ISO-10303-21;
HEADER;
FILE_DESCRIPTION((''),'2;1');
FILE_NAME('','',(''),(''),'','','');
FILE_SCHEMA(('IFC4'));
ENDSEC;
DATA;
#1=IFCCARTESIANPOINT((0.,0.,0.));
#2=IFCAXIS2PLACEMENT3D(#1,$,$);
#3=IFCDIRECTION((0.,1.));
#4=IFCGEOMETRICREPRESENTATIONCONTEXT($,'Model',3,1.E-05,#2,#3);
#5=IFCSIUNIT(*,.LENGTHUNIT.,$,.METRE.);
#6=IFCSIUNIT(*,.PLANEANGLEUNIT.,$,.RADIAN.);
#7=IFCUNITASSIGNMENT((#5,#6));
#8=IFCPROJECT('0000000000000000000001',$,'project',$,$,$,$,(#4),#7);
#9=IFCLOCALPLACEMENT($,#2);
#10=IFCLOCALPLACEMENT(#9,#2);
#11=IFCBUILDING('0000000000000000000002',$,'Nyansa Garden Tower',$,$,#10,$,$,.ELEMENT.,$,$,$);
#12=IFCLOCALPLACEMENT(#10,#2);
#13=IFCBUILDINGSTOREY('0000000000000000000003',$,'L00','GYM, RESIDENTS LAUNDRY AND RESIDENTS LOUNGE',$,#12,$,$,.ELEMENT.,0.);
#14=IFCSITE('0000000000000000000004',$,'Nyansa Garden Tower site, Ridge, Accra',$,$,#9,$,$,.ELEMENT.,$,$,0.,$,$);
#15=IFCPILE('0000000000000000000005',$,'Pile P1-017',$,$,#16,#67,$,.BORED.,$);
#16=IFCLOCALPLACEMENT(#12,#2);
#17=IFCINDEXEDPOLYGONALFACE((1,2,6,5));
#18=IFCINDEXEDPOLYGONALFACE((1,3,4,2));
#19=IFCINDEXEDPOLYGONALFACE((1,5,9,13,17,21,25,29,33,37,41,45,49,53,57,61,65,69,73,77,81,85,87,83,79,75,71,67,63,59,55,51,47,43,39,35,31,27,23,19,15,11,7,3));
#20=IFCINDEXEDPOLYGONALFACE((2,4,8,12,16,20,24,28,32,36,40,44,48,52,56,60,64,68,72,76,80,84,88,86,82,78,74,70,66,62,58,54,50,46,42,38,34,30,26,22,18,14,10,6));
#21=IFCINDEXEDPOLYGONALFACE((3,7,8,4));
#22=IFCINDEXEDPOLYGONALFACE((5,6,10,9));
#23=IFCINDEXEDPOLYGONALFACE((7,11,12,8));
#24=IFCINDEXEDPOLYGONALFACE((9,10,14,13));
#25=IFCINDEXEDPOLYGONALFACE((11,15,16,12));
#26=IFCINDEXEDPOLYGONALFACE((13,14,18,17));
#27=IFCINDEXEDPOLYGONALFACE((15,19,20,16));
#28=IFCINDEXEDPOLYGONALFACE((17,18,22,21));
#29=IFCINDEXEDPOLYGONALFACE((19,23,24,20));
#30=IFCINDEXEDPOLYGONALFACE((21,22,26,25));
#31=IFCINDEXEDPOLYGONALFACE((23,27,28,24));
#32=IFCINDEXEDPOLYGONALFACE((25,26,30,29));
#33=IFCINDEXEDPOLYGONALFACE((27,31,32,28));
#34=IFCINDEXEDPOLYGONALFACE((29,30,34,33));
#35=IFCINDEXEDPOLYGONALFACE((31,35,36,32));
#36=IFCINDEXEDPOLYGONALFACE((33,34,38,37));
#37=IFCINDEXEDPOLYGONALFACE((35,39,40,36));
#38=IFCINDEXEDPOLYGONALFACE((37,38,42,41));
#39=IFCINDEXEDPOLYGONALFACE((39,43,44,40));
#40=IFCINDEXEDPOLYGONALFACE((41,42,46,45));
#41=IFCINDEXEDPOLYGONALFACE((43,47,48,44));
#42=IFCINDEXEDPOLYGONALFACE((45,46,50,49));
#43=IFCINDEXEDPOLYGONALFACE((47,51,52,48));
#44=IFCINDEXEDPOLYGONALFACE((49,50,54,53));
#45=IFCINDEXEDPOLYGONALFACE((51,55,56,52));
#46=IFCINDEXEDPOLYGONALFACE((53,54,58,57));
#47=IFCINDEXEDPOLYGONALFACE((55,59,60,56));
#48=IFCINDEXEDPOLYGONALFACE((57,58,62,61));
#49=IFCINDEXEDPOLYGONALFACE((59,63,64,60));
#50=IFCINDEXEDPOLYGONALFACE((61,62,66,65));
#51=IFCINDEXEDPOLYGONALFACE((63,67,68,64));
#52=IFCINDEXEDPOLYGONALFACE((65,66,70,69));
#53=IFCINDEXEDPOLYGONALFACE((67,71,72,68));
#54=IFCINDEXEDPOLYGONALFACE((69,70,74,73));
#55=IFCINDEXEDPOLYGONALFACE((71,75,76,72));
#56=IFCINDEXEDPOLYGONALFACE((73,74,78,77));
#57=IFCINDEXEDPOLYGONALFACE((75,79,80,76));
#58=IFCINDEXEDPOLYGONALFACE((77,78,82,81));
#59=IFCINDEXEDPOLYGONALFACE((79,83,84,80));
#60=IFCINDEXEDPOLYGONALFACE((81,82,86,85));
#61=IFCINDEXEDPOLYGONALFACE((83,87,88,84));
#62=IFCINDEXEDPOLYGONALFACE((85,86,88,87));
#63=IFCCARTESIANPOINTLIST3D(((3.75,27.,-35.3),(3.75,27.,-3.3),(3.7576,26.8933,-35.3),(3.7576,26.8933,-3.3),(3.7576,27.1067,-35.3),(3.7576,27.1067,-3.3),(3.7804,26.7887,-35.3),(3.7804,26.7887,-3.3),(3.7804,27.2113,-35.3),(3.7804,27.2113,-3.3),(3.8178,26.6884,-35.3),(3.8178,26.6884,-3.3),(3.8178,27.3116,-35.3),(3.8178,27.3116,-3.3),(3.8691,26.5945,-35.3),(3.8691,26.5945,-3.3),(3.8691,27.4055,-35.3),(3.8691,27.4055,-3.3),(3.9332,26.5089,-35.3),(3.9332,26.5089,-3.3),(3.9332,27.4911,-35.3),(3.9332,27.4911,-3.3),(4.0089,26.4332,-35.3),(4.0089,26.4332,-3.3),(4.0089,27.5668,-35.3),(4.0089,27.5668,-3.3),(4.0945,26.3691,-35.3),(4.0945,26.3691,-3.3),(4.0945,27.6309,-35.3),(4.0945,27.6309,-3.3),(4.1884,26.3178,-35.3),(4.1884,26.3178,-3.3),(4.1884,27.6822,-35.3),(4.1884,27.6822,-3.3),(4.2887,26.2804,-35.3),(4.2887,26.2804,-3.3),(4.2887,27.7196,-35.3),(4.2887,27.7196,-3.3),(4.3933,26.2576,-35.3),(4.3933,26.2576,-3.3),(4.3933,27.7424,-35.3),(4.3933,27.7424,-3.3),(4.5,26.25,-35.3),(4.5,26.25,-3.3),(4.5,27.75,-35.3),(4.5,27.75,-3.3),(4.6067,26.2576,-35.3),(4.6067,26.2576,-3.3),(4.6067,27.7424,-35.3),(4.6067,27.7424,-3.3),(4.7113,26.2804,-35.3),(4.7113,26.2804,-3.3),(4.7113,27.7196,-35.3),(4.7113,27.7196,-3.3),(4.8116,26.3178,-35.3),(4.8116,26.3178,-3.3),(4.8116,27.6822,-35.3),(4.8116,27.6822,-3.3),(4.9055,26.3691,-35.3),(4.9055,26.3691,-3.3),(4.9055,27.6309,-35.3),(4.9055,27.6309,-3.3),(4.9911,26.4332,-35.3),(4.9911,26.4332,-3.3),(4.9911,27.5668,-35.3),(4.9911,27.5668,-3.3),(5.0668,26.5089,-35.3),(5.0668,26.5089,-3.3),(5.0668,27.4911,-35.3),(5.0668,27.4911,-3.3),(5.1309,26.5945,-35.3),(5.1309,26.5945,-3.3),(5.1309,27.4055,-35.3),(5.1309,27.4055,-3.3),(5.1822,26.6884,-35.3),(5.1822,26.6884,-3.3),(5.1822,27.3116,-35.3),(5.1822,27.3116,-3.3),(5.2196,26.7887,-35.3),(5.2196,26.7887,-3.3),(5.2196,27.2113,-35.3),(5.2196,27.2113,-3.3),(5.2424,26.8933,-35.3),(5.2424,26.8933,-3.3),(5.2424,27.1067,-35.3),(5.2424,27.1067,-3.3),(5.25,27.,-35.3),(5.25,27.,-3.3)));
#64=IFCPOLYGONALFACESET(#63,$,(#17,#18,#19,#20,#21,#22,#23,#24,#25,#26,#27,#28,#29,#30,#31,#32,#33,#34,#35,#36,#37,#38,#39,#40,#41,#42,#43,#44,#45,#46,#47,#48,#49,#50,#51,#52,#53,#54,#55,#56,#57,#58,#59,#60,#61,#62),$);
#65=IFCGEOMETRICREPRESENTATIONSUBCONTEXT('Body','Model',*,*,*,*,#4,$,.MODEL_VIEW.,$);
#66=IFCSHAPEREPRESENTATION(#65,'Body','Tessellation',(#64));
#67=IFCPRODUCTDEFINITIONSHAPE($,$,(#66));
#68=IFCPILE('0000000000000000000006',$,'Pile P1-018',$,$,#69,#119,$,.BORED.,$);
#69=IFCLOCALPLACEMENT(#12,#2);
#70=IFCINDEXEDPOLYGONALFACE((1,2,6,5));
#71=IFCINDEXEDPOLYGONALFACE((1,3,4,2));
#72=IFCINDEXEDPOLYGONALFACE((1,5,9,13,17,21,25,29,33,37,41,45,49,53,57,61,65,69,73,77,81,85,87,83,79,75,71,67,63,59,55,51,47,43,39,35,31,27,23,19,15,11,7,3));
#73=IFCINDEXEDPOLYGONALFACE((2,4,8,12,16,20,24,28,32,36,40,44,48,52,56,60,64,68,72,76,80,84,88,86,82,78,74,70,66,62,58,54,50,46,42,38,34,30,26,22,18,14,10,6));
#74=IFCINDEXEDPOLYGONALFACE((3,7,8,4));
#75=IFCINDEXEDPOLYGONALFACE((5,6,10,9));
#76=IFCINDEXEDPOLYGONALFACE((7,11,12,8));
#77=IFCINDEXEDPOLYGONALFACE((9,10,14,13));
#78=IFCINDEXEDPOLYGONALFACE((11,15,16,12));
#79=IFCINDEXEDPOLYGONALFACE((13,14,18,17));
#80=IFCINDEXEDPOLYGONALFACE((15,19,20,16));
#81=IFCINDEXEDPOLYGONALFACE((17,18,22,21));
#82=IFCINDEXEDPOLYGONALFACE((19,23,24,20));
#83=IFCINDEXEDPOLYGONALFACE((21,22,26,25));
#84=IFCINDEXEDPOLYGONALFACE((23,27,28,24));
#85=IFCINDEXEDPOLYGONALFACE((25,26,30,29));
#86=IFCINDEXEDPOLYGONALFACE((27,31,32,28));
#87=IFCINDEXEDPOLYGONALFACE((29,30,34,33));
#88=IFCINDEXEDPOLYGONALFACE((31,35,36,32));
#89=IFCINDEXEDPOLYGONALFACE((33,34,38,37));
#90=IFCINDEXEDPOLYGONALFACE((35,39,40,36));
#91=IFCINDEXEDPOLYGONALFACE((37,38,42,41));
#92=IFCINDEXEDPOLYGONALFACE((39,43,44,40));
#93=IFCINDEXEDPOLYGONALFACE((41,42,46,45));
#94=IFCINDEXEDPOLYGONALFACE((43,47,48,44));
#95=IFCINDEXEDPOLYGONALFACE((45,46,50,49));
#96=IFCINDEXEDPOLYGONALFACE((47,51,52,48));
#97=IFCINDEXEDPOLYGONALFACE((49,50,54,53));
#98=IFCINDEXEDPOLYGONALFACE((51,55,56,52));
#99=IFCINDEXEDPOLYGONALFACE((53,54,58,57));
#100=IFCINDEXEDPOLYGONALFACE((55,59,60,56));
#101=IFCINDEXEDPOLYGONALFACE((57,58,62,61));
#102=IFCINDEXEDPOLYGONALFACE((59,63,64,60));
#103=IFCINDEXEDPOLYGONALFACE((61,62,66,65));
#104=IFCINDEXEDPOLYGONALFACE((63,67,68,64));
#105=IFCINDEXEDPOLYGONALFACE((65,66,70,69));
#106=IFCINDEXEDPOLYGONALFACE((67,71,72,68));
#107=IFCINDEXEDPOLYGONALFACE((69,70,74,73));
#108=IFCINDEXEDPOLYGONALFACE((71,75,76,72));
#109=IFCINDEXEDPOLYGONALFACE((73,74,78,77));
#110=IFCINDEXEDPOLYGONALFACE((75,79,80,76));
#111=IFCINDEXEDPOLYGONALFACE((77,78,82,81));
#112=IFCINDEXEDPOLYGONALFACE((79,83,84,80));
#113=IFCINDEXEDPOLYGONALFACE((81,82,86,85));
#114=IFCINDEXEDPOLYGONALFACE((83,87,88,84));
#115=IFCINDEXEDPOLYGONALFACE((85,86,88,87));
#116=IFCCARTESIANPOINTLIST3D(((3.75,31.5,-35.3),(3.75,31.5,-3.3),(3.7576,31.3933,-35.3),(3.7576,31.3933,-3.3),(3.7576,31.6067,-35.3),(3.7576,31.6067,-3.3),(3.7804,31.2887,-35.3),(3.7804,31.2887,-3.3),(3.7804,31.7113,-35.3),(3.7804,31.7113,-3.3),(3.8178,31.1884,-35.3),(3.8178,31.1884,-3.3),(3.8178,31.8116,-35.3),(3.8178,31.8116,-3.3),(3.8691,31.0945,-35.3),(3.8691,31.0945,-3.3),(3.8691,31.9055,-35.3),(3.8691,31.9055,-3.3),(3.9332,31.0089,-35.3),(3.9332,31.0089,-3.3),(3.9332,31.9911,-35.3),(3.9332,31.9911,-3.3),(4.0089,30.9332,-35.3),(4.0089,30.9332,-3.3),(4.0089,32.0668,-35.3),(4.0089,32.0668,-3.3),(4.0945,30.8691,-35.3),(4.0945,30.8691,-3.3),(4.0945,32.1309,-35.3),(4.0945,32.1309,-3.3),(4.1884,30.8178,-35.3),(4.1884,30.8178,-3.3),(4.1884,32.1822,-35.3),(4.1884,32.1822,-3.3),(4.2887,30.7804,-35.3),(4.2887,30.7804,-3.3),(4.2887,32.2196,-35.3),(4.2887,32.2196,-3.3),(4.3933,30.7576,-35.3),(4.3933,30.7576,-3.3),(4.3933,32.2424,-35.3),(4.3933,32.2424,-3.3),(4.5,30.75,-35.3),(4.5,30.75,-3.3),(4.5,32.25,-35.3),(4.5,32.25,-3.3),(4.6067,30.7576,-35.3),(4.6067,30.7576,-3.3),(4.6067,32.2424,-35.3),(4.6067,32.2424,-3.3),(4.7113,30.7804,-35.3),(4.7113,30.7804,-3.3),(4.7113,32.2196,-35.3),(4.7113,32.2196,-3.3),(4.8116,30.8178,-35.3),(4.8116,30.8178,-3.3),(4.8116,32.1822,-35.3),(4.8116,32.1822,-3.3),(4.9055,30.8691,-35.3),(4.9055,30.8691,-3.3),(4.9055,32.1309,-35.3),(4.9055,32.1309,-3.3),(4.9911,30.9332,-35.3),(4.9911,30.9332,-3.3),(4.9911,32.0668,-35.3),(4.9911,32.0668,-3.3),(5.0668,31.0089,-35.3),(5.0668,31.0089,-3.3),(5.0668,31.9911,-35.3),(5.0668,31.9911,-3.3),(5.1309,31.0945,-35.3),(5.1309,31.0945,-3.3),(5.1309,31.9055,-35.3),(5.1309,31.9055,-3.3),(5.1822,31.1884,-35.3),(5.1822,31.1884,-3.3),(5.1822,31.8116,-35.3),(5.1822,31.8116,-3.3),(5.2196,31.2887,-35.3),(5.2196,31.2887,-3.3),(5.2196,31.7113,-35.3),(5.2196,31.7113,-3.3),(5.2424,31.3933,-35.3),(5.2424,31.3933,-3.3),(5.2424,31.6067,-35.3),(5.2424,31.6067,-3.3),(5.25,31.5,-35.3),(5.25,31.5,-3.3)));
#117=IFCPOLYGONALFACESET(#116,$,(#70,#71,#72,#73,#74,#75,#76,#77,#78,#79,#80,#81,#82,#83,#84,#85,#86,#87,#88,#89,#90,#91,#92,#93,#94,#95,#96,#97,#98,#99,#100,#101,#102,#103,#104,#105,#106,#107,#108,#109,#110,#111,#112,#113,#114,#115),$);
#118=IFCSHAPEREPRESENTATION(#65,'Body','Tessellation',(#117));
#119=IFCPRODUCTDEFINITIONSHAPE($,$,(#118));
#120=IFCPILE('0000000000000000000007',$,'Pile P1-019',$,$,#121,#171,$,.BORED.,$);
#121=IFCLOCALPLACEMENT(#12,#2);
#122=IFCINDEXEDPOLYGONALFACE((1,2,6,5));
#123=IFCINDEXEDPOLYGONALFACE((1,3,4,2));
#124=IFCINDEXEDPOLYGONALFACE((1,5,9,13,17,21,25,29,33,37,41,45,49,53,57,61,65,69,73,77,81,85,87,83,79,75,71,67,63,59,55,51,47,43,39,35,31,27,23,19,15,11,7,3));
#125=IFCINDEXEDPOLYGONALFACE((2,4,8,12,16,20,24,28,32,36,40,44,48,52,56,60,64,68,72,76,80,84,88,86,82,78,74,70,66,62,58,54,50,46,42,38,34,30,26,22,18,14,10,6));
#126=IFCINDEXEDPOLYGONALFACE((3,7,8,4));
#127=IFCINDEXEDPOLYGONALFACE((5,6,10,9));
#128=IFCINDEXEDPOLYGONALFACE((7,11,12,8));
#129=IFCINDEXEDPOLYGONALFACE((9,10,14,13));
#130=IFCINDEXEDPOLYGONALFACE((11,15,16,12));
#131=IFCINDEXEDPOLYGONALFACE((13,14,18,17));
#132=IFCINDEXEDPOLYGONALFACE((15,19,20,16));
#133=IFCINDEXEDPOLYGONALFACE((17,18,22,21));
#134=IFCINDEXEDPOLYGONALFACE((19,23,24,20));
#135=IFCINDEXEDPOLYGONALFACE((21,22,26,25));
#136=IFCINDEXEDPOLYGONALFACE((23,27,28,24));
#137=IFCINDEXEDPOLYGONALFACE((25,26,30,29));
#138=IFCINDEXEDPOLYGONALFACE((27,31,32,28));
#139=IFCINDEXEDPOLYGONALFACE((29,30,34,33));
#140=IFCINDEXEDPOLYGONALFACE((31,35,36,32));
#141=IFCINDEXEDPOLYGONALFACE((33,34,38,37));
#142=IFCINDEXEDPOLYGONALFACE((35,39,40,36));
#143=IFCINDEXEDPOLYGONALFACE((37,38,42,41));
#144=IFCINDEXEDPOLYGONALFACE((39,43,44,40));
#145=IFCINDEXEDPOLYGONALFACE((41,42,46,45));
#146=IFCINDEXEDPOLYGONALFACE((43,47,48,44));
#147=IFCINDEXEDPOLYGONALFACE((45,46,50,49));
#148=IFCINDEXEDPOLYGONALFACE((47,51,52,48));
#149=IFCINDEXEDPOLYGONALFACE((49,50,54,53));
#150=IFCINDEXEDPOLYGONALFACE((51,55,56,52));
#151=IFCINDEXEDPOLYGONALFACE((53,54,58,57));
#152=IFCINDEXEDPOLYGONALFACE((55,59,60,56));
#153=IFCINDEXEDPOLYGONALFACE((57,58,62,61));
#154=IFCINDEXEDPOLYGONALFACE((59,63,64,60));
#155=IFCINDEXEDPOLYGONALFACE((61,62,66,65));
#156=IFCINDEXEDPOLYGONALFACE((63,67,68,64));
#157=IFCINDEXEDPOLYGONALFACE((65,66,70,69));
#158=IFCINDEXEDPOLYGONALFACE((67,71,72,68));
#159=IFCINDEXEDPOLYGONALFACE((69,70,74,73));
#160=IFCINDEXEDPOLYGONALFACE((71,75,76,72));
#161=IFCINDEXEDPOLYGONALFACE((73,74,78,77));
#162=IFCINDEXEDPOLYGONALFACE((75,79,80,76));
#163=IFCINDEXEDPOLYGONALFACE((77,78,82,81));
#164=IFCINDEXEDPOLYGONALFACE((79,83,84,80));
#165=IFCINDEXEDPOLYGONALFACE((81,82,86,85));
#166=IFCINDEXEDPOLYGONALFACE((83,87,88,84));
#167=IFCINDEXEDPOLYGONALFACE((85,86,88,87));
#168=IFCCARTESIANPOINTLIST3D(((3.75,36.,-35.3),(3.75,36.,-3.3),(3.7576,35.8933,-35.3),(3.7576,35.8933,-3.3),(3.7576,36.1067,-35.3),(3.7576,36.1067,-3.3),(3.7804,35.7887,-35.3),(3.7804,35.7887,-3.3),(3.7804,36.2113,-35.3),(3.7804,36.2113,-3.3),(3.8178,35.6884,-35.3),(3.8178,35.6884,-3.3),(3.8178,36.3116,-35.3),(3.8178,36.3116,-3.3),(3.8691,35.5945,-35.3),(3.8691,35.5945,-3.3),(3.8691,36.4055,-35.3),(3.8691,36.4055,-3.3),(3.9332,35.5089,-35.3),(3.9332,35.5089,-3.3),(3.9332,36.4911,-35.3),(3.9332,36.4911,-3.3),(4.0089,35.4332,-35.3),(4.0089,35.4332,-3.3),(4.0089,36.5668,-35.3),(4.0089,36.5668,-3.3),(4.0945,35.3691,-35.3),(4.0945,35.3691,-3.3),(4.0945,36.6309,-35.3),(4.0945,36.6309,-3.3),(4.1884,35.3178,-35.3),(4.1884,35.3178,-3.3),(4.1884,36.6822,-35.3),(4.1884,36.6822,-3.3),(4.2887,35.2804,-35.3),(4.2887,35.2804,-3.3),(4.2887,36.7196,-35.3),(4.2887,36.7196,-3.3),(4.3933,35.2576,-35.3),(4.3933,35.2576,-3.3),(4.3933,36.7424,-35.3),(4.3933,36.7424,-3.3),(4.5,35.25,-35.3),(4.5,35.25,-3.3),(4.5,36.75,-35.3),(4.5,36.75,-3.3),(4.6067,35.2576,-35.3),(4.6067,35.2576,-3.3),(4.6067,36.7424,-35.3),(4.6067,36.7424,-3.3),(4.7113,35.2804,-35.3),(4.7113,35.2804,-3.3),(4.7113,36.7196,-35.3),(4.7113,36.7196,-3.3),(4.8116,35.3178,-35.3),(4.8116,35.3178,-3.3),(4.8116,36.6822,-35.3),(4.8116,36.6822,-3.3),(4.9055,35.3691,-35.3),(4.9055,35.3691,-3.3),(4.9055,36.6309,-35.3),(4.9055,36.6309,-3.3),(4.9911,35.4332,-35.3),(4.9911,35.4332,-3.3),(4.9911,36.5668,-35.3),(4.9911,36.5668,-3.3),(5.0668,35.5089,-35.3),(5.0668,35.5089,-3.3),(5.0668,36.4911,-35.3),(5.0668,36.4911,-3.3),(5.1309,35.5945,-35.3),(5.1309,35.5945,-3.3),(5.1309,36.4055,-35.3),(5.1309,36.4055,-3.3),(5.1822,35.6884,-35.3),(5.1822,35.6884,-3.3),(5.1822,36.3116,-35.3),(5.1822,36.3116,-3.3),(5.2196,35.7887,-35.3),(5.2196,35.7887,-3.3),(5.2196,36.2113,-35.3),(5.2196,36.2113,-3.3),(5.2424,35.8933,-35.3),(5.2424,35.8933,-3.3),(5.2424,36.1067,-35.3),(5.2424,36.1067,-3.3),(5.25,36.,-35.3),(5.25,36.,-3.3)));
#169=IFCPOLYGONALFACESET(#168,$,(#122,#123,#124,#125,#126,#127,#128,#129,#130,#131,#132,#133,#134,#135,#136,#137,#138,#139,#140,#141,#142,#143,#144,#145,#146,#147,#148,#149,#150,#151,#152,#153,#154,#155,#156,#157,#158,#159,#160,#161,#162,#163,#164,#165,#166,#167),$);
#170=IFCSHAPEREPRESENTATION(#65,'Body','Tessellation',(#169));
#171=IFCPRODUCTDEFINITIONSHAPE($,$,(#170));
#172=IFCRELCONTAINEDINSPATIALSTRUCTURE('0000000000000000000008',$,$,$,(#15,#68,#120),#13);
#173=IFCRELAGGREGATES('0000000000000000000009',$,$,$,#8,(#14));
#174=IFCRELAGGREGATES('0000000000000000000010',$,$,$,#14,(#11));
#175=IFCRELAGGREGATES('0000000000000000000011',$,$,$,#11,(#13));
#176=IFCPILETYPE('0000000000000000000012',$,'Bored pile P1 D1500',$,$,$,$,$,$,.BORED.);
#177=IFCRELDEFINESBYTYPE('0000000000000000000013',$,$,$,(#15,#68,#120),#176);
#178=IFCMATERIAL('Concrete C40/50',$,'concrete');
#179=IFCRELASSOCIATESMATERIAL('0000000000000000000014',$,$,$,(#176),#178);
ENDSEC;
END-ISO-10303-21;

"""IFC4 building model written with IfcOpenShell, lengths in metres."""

from ifc_helpers import new_model, si_unit, direction, frame, origin, origin_2d, place, context, subcontext, project, spatial, circle, extrude, material, type_object, element, save


model = new_model("IFC4")

# Units and contexts
model_context = context("Model", 3, precision=1e-05, world=origin(), true_north=direction((0.0, 1.0)))
body_context = subcontext(model_context, "Body", "Model", "MODEL_VIEW")
ifc_project = project(units=[si_unit("LENGTHUNIT", "METRE"), si_unit("PLANEANGLEUNIT", "RADIAN")], contexts=[model_context])

# Site, building, storey
site_placement = place(None, origin())
site = spatial("IfcSite", under=ifc_project, at=site_placement, Name="Nyansa Garden Tower site, Ridge, Accra", CompositionType="ELEMENT", RefElevation=0.0)
building_placement = place(site_placement, origin())
building = spatial("IfcBuilding", under=site, at=building_placement, Name="Nyansa Garden Tower", CompositionType="ELEMENT")
storey_placement = place(building_placement, origin())
storey = spatial("IfcBuildingStorey", under=building, at=storey_placement, Name="L00", Description="GYM, RESIDENTS LAUNDRY AND RESIDENTS LOUNGE", CompositionType="ELEMENT", Elevation=0.0)

# Piles
ifc_material_1 = material(Name="Concrete C40/50", Category="concrete")
pile_type = type_object("IfcPileType", Name="Bored pile P1 D1500", PredefinedType="BORED", material=ifc_material_1)
for number, where, z_axis, x_axis, name in (
    (1, (4.5, 27.0, -3.3), (0.0, 0.0, -1.0), (1.0, 0.0, 0.0), "Pile P1-017"),
    (2, (4.5, 31.5, -3.3), (0.0, 0.0, -1.0), (1.0, 0.0, 0.0), "Pile P1-018"),
    (3, (4.5, 36.0, -3.3), (0.0, 0.0, -1.0), (1.0, 0.0, 0.0), "Pile P1-019"),
):
    element("IfcPile", number, at=place(storey_placement, frame(where, z_axis=z_axis, x_axis=x_axis)), inside=storey, type_object=pile_type, Name=name, PredefinedType="BORED", context=body_context, shape_type="SweptSolid", body=[
        extrude(circle(Radius=0.75, at=origin_2d()), origin(), (0.0, 0.0, 1.0), 32.0),
    ])

save(model, "model.ifc")
